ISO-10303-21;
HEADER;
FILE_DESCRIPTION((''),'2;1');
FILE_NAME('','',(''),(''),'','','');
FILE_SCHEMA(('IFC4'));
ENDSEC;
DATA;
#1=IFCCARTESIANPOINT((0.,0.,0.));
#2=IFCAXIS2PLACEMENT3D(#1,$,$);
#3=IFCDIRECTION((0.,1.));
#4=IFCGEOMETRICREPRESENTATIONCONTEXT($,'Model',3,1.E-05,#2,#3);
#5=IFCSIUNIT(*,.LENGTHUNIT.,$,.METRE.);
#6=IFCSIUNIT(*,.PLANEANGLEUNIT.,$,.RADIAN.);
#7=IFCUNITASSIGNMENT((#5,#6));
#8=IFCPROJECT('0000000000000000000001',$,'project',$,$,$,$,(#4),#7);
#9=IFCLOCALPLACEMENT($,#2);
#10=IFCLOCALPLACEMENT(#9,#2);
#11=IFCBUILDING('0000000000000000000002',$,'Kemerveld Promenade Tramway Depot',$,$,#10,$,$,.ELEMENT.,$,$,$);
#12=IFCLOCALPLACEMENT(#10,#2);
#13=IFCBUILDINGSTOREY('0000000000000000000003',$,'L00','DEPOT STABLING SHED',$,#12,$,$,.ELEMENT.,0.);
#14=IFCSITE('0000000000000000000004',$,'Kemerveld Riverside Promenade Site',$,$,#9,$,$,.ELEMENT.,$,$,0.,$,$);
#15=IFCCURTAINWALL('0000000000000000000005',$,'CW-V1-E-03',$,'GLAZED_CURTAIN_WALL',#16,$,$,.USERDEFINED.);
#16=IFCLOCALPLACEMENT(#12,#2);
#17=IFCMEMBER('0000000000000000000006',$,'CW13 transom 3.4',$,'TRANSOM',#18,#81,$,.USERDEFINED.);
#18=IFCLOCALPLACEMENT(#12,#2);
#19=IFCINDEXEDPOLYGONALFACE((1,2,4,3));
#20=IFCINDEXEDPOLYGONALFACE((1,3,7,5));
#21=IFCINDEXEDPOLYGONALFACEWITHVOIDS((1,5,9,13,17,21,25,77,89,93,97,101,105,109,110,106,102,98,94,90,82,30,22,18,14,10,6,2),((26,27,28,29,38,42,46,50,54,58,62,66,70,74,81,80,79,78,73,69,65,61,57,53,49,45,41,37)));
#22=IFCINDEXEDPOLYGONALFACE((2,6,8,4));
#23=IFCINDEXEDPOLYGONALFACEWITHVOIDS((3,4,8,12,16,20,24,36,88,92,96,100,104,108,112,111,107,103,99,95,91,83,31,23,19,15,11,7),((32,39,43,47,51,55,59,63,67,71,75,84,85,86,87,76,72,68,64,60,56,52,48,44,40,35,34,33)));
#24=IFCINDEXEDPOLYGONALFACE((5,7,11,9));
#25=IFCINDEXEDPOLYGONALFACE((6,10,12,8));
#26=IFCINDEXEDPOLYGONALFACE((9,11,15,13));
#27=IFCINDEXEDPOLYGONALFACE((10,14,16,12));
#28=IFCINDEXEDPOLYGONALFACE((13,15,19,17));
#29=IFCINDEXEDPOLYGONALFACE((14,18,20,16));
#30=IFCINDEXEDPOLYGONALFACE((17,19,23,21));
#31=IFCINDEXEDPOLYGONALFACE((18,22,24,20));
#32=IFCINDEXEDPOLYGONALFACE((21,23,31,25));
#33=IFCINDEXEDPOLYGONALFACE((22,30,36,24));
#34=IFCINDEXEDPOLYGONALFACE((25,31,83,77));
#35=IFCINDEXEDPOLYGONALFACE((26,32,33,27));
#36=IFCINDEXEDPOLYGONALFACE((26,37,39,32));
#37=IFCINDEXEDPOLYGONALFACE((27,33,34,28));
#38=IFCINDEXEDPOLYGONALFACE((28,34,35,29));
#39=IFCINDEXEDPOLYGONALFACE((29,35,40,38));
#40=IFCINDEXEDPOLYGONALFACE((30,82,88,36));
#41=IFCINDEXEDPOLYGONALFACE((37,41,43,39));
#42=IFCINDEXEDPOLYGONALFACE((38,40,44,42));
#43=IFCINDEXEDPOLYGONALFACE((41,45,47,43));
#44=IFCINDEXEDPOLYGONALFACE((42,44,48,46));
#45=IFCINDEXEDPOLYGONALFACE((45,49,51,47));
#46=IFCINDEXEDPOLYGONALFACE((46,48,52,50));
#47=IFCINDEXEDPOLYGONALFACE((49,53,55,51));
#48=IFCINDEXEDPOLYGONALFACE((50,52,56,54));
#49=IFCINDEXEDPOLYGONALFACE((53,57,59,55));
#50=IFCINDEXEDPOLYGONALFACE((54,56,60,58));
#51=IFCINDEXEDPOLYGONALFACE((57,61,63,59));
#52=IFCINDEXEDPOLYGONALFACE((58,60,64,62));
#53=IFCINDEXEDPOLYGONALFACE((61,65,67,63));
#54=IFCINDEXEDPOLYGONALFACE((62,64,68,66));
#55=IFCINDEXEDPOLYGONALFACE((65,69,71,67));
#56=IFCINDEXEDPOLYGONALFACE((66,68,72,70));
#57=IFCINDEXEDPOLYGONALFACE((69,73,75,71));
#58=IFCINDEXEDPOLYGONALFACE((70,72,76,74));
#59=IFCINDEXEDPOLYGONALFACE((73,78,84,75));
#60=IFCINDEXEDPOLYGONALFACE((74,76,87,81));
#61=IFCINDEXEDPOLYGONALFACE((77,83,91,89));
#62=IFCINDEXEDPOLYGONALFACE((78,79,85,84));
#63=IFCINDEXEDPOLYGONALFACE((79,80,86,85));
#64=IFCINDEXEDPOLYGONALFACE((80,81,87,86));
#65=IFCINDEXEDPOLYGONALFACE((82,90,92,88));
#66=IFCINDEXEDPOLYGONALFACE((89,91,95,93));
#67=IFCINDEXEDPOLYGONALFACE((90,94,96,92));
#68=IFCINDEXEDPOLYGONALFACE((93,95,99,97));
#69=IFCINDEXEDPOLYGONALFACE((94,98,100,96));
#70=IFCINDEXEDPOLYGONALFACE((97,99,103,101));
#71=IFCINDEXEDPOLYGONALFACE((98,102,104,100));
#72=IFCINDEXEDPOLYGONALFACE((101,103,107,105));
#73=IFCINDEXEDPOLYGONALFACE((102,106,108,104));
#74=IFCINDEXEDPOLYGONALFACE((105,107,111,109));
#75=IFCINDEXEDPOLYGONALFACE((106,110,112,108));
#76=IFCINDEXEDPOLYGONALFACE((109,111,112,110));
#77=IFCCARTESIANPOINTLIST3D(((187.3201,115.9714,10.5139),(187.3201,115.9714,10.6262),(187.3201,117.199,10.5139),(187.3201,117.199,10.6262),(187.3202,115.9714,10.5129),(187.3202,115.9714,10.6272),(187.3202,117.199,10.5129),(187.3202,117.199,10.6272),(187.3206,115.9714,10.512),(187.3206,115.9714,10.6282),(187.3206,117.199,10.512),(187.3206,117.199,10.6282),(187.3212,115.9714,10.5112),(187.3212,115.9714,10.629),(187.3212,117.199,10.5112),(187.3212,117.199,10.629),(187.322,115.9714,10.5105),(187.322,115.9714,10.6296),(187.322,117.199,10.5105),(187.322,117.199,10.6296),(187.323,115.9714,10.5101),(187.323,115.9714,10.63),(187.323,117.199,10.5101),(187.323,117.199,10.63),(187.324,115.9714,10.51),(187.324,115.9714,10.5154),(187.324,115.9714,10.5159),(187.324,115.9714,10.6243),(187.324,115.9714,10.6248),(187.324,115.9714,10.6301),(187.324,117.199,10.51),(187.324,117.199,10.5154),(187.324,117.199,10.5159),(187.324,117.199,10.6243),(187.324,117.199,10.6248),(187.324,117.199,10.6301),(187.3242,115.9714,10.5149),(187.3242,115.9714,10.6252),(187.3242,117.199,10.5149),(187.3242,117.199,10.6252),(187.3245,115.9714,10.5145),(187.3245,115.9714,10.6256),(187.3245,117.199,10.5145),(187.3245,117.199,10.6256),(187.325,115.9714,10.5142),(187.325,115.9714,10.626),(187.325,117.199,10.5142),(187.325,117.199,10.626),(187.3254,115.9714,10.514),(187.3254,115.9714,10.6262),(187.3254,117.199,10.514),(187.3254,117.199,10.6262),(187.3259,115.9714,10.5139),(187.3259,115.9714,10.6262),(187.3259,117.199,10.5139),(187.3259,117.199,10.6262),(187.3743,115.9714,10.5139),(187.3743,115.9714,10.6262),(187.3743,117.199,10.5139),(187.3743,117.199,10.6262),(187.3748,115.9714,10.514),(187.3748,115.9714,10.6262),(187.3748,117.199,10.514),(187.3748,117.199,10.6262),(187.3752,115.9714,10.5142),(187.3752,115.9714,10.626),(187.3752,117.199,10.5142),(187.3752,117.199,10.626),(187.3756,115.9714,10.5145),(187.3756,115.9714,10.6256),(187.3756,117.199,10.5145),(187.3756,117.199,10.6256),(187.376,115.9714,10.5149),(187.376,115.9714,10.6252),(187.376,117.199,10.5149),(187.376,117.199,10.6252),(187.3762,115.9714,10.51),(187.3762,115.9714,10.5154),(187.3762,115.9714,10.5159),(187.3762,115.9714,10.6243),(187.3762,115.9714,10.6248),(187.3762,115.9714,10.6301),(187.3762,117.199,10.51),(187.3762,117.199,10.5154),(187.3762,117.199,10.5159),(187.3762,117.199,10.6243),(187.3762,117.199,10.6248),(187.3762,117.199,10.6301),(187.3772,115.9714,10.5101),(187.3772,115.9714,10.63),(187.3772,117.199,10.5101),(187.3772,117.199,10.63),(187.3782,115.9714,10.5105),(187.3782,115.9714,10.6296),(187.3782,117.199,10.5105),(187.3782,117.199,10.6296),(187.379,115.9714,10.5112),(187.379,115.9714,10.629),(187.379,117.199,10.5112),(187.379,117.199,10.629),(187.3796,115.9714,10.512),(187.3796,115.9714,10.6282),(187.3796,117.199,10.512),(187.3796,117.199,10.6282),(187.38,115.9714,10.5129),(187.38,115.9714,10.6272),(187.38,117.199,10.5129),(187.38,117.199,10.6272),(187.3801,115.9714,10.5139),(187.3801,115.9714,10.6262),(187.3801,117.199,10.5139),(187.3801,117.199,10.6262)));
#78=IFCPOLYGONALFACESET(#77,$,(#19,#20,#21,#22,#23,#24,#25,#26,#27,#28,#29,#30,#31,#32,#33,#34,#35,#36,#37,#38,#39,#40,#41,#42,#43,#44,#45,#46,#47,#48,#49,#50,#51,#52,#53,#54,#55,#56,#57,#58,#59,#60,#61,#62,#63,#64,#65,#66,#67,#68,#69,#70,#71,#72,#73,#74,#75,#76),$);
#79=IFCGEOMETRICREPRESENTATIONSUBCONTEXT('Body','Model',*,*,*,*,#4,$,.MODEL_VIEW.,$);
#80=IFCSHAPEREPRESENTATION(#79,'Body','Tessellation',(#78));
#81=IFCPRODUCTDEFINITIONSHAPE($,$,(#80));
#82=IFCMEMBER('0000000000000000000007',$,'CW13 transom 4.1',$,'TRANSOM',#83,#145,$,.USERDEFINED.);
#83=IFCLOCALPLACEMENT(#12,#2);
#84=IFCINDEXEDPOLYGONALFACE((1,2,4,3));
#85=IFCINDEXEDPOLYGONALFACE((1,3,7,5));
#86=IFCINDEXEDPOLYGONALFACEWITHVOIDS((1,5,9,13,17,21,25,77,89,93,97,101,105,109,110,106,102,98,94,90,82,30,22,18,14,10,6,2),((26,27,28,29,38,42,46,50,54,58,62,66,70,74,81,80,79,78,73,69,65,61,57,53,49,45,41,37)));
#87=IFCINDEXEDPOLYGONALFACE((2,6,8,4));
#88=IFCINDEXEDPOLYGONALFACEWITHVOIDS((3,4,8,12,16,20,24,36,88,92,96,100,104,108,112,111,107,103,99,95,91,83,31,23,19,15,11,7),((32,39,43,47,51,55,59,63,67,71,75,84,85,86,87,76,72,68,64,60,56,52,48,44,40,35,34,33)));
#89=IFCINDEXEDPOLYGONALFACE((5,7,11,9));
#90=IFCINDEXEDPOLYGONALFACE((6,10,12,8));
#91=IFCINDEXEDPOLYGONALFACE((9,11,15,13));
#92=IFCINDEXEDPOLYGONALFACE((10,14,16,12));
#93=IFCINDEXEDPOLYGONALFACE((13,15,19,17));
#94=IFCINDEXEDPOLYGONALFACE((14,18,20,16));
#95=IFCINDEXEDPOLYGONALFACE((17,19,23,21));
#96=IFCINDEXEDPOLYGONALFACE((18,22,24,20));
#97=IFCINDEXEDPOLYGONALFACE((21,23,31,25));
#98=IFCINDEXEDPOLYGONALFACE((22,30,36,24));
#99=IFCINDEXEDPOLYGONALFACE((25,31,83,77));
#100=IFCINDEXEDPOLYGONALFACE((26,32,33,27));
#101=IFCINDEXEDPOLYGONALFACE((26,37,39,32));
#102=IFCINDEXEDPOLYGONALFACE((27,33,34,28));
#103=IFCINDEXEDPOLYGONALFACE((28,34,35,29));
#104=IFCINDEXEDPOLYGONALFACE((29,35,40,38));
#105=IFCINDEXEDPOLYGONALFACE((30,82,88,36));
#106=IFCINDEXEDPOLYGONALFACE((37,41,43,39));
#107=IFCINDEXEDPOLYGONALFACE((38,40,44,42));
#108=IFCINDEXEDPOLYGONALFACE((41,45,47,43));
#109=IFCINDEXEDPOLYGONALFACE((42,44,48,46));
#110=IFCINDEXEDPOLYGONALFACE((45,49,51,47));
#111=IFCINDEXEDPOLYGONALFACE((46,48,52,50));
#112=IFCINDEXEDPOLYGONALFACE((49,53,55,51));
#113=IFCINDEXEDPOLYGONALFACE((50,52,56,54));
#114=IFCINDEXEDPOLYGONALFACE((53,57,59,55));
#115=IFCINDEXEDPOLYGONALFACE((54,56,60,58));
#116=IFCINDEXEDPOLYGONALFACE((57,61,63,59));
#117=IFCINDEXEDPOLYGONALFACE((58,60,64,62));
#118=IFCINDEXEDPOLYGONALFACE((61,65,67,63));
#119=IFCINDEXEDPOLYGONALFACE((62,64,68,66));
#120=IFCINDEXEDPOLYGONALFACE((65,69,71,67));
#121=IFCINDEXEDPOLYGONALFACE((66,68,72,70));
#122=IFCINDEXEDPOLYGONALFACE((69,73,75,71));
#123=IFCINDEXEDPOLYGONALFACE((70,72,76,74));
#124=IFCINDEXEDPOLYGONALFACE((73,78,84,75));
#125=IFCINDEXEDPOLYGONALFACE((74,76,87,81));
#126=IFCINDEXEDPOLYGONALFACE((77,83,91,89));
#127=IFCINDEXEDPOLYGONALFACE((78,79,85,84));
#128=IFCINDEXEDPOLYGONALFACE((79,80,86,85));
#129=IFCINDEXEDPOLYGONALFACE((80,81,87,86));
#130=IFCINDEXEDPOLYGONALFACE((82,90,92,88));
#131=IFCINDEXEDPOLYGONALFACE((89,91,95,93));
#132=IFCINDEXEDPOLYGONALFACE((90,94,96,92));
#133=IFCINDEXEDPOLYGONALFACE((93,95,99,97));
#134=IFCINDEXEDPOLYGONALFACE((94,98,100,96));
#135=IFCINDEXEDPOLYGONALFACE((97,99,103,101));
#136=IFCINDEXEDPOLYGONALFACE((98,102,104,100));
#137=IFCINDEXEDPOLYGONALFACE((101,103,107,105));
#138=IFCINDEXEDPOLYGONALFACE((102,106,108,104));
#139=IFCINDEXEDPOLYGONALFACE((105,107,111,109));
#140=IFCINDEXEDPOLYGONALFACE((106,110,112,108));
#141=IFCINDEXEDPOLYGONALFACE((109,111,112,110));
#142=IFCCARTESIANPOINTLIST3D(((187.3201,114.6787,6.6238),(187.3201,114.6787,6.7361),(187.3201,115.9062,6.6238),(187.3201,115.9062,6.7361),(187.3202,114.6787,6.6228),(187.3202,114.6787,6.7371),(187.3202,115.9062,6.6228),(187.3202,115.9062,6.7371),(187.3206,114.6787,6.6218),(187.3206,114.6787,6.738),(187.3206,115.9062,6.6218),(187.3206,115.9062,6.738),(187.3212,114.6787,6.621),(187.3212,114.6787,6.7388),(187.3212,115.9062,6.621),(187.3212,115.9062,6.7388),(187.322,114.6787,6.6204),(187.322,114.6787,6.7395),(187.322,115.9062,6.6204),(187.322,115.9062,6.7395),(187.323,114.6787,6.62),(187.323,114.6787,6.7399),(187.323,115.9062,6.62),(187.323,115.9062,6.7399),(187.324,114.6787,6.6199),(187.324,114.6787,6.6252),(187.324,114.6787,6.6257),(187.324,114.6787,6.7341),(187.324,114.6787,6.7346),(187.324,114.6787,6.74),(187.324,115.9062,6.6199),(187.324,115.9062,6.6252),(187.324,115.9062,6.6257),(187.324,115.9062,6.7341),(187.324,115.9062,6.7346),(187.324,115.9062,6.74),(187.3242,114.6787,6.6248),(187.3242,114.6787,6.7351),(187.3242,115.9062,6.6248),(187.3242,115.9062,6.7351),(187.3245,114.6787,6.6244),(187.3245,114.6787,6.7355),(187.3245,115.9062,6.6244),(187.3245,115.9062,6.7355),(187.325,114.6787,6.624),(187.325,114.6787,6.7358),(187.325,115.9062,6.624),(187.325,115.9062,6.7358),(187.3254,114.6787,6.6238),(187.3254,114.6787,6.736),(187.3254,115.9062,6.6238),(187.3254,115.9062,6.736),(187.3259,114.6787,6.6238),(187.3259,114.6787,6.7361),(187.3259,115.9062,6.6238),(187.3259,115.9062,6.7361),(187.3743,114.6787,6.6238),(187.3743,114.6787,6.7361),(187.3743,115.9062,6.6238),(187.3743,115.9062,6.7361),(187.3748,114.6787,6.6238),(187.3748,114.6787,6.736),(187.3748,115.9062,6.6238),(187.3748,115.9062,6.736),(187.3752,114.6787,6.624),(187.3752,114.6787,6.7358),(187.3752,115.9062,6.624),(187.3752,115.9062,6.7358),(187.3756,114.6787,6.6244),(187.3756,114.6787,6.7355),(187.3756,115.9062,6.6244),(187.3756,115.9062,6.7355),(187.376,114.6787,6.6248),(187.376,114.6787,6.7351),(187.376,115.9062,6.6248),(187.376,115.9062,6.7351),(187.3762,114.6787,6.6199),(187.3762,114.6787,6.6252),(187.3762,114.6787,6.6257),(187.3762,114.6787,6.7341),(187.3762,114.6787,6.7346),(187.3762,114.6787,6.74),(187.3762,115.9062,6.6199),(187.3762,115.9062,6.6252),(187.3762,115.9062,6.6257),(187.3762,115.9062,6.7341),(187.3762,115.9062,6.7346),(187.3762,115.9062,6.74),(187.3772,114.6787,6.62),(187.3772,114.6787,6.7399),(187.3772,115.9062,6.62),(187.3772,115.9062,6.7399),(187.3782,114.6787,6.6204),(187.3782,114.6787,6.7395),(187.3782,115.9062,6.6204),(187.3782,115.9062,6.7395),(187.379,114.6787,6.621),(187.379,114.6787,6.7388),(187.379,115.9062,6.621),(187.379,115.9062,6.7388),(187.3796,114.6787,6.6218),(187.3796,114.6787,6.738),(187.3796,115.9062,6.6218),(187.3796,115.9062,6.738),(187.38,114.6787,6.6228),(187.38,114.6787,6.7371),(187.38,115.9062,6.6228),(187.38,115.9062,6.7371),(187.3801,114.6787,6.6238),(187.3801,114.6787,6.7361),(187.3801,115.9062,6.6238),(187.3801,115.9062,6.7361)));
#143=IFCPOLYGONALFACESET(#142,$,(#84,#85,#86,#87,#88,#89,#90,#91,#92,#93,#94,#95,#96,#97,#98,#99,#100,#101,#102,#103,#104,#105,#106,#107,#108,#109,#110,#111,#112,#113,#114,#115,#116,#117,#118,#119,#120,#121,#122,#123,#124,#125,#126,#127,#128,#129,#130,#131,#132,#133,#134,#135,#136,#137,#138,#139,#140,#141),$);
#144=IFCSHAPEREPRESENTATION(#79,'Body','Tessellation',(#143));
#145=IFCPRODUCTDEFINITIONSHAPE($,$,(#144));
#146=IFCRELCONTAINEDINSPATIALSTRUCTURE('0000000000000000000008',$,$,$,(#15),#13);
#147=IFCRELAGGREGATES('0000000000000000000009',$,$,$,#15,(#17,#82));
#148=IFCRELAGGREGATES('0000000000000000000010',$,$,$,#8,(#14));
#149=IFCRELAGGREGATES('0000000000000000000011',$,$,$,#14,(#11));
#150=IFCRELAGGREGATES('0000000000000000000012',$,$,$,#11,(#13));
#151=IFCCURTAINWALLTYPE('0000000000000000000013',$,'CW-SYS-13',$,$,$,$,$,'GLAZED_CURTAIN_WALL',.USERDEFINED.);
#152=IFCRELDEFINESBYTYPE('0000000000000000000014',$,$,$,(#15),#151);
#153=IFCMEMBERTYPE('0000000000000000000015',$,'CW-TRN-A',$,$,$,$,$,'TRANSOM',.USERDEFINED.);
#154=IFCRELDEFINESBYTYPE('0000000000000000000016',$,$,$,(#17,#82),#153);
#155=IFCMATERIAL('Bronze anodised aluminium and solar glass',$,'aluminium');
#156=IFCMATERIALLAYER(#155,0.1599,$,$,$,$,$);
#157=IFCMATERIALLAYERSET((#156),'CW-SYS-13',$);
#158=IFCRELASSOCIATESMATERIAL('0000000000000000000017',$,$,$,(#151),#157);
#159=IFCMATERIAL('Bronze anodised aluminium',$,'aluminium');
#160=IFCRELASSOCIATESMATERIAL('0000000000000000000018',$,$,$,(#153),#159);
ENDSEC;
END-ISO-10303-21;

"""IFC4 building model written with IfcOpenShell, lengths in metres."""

from ifc_helpers import new_model, si_unit, direction, frame, origin, origin_2d, place, context, subcontext, project, spatial, hollow_rectangle, extrude, material, layer, layer_set, material_profile, profile_set, type_object, element, aggregate, save


model = new_model("IFC4")

# Units and contexts
model_context = context("Model", 3, precision=1e-05, world=origin(), true_north=direction((0.0, 1.0)))
body_context = subcontext(model_context, "Body", "Model", "MODEL_VIEW")
ifc_project = project(units=[si_unit("LENGTHUNIT", "METRE"), si_unit("PLANEANGLEUNIT", "RADIAN")], contexts=[model_context])

# Site, building, storey
site_placement = place(None, origin())
site = spatial("IfcSite", under=ifc_project, at=site_placement, Name="Kemerveld Riverside Promenade Site", CompositionType="ELEMENT", RefElevation=0.0)
building_placement = place(site_placement, origin())
building = spatial("IfcBuilding", under=site, at=building_placement, Name="Kemerveld Promenade Tramway Depot", CompositionType="ELEMENT")
storey_placement = place(building_placement, origin())
storey = spatial("IfcBuildingStorey", under=building, at=storey_placement, Name="L00", Description="DEPOT STABLING SHED", CompositionType="ELEMENT", Elevation=0.0)

# Curtain wall, members
ifc_material_1 = material(Name="Bronze anodised aluminium and solar glass", Category="aluminium")
ifc_layer_1 = layer(ifc_material_1, 0.1599)
ifc_layer_set_1 = layer_set([ifc_layer_1], Name="CW-SYS-13")
curtain_wall_type = type_object("IfcCurtainWallType", Name="CW-SYS-13", ElementType="GLAZED_CURTAIN_WALL", PredefinedType="USERDEFINED", material=ifc_layer_set_1)
curtain_wall_placement = place(storey_placement, origin())
curtain_wall = element("IfcCurtainWall", 1, at=curtain_wall_placement, inside=storey, type_object=curtain_wall_type, Name="CW-V1-E-03", ObjectType="GLAZED_CURTAIN_WALL", PredefinedType="USERDEFINED")
ifc_material_2 = material(Name="Bronze anodised aluminium", Category="aluminium")
ifc_material_profile_1 = material_profile(ifc_material_2, hollow_rectangle(XDim=0.0601, YDim=0.1201, WallThickness=0.0039, InnerFilletRadius=0.002, OuterFilletRadius=0.0039, at=origin_2d()), Name="CW-TRN-120x60")
ifc_profile_set_1 = profile_set([ifc_material_profile_1], Name="Bronze anodised aluminium")
member_type_1 = type_object("IfcMemberType", Name="CW-TRN-A", ElementType="TRANSOM", PredefinedType="USERDEFINED", material=ifc_profile_set_1)
member_1_placement = place(storey_placement, frame((187.3501, 117.199, 10.5701), z_axis=(0.0, -1.0, 0.0), x_axis=(1.0, 0.0, 0.0)))
member_1 = element("IfcMember", 2, at=member_1_placement, type_object=member_type_1, Name="CW13 transom 3.4", ObjectType="TRANSOM", PredefinedType="USERDEFINED", context=body_context, shape_type="SweptSolid", body=[
    extrude(hollow_rectangle(XDim=0.0601, YDim=0.1201, WallThickness=0.0039, InnerFilletRadius=0.002, OuterFilletRadius=0.0039, at=origin_2d()), origin(), (0.0, 0.0, 1.0), 1.2275),
])
member_2_placement = place(storey_placement, frame((187.3501, 115.9062, 6.6799), z_axis=(0.0, -1.0, 0.0), x_axis=(1.0, 0.0, 0.0)))
member_2 = element("IfcMember", 3, at=member_2_placement, type_object=member_type_1, Name="CW13 transom 4.1", ObjectType="TRANSOM", PredefinedType="USERDEFINED", context=body_context, shape_type="SweptSolid", body=[
    extrude(hollow_rectangle(XDim=0.0601, YDim=0.1201, WallThickness=0.0039, InnerFilletRadius=0.002, OuterFilletRadius=0.0039, at=origin_2d()), origin(), (0.0, 0.0, 1.0), 1.2275),
])
aggregate(curtain_wall, [member_1, member_2])

save(model, "model.ifc")
